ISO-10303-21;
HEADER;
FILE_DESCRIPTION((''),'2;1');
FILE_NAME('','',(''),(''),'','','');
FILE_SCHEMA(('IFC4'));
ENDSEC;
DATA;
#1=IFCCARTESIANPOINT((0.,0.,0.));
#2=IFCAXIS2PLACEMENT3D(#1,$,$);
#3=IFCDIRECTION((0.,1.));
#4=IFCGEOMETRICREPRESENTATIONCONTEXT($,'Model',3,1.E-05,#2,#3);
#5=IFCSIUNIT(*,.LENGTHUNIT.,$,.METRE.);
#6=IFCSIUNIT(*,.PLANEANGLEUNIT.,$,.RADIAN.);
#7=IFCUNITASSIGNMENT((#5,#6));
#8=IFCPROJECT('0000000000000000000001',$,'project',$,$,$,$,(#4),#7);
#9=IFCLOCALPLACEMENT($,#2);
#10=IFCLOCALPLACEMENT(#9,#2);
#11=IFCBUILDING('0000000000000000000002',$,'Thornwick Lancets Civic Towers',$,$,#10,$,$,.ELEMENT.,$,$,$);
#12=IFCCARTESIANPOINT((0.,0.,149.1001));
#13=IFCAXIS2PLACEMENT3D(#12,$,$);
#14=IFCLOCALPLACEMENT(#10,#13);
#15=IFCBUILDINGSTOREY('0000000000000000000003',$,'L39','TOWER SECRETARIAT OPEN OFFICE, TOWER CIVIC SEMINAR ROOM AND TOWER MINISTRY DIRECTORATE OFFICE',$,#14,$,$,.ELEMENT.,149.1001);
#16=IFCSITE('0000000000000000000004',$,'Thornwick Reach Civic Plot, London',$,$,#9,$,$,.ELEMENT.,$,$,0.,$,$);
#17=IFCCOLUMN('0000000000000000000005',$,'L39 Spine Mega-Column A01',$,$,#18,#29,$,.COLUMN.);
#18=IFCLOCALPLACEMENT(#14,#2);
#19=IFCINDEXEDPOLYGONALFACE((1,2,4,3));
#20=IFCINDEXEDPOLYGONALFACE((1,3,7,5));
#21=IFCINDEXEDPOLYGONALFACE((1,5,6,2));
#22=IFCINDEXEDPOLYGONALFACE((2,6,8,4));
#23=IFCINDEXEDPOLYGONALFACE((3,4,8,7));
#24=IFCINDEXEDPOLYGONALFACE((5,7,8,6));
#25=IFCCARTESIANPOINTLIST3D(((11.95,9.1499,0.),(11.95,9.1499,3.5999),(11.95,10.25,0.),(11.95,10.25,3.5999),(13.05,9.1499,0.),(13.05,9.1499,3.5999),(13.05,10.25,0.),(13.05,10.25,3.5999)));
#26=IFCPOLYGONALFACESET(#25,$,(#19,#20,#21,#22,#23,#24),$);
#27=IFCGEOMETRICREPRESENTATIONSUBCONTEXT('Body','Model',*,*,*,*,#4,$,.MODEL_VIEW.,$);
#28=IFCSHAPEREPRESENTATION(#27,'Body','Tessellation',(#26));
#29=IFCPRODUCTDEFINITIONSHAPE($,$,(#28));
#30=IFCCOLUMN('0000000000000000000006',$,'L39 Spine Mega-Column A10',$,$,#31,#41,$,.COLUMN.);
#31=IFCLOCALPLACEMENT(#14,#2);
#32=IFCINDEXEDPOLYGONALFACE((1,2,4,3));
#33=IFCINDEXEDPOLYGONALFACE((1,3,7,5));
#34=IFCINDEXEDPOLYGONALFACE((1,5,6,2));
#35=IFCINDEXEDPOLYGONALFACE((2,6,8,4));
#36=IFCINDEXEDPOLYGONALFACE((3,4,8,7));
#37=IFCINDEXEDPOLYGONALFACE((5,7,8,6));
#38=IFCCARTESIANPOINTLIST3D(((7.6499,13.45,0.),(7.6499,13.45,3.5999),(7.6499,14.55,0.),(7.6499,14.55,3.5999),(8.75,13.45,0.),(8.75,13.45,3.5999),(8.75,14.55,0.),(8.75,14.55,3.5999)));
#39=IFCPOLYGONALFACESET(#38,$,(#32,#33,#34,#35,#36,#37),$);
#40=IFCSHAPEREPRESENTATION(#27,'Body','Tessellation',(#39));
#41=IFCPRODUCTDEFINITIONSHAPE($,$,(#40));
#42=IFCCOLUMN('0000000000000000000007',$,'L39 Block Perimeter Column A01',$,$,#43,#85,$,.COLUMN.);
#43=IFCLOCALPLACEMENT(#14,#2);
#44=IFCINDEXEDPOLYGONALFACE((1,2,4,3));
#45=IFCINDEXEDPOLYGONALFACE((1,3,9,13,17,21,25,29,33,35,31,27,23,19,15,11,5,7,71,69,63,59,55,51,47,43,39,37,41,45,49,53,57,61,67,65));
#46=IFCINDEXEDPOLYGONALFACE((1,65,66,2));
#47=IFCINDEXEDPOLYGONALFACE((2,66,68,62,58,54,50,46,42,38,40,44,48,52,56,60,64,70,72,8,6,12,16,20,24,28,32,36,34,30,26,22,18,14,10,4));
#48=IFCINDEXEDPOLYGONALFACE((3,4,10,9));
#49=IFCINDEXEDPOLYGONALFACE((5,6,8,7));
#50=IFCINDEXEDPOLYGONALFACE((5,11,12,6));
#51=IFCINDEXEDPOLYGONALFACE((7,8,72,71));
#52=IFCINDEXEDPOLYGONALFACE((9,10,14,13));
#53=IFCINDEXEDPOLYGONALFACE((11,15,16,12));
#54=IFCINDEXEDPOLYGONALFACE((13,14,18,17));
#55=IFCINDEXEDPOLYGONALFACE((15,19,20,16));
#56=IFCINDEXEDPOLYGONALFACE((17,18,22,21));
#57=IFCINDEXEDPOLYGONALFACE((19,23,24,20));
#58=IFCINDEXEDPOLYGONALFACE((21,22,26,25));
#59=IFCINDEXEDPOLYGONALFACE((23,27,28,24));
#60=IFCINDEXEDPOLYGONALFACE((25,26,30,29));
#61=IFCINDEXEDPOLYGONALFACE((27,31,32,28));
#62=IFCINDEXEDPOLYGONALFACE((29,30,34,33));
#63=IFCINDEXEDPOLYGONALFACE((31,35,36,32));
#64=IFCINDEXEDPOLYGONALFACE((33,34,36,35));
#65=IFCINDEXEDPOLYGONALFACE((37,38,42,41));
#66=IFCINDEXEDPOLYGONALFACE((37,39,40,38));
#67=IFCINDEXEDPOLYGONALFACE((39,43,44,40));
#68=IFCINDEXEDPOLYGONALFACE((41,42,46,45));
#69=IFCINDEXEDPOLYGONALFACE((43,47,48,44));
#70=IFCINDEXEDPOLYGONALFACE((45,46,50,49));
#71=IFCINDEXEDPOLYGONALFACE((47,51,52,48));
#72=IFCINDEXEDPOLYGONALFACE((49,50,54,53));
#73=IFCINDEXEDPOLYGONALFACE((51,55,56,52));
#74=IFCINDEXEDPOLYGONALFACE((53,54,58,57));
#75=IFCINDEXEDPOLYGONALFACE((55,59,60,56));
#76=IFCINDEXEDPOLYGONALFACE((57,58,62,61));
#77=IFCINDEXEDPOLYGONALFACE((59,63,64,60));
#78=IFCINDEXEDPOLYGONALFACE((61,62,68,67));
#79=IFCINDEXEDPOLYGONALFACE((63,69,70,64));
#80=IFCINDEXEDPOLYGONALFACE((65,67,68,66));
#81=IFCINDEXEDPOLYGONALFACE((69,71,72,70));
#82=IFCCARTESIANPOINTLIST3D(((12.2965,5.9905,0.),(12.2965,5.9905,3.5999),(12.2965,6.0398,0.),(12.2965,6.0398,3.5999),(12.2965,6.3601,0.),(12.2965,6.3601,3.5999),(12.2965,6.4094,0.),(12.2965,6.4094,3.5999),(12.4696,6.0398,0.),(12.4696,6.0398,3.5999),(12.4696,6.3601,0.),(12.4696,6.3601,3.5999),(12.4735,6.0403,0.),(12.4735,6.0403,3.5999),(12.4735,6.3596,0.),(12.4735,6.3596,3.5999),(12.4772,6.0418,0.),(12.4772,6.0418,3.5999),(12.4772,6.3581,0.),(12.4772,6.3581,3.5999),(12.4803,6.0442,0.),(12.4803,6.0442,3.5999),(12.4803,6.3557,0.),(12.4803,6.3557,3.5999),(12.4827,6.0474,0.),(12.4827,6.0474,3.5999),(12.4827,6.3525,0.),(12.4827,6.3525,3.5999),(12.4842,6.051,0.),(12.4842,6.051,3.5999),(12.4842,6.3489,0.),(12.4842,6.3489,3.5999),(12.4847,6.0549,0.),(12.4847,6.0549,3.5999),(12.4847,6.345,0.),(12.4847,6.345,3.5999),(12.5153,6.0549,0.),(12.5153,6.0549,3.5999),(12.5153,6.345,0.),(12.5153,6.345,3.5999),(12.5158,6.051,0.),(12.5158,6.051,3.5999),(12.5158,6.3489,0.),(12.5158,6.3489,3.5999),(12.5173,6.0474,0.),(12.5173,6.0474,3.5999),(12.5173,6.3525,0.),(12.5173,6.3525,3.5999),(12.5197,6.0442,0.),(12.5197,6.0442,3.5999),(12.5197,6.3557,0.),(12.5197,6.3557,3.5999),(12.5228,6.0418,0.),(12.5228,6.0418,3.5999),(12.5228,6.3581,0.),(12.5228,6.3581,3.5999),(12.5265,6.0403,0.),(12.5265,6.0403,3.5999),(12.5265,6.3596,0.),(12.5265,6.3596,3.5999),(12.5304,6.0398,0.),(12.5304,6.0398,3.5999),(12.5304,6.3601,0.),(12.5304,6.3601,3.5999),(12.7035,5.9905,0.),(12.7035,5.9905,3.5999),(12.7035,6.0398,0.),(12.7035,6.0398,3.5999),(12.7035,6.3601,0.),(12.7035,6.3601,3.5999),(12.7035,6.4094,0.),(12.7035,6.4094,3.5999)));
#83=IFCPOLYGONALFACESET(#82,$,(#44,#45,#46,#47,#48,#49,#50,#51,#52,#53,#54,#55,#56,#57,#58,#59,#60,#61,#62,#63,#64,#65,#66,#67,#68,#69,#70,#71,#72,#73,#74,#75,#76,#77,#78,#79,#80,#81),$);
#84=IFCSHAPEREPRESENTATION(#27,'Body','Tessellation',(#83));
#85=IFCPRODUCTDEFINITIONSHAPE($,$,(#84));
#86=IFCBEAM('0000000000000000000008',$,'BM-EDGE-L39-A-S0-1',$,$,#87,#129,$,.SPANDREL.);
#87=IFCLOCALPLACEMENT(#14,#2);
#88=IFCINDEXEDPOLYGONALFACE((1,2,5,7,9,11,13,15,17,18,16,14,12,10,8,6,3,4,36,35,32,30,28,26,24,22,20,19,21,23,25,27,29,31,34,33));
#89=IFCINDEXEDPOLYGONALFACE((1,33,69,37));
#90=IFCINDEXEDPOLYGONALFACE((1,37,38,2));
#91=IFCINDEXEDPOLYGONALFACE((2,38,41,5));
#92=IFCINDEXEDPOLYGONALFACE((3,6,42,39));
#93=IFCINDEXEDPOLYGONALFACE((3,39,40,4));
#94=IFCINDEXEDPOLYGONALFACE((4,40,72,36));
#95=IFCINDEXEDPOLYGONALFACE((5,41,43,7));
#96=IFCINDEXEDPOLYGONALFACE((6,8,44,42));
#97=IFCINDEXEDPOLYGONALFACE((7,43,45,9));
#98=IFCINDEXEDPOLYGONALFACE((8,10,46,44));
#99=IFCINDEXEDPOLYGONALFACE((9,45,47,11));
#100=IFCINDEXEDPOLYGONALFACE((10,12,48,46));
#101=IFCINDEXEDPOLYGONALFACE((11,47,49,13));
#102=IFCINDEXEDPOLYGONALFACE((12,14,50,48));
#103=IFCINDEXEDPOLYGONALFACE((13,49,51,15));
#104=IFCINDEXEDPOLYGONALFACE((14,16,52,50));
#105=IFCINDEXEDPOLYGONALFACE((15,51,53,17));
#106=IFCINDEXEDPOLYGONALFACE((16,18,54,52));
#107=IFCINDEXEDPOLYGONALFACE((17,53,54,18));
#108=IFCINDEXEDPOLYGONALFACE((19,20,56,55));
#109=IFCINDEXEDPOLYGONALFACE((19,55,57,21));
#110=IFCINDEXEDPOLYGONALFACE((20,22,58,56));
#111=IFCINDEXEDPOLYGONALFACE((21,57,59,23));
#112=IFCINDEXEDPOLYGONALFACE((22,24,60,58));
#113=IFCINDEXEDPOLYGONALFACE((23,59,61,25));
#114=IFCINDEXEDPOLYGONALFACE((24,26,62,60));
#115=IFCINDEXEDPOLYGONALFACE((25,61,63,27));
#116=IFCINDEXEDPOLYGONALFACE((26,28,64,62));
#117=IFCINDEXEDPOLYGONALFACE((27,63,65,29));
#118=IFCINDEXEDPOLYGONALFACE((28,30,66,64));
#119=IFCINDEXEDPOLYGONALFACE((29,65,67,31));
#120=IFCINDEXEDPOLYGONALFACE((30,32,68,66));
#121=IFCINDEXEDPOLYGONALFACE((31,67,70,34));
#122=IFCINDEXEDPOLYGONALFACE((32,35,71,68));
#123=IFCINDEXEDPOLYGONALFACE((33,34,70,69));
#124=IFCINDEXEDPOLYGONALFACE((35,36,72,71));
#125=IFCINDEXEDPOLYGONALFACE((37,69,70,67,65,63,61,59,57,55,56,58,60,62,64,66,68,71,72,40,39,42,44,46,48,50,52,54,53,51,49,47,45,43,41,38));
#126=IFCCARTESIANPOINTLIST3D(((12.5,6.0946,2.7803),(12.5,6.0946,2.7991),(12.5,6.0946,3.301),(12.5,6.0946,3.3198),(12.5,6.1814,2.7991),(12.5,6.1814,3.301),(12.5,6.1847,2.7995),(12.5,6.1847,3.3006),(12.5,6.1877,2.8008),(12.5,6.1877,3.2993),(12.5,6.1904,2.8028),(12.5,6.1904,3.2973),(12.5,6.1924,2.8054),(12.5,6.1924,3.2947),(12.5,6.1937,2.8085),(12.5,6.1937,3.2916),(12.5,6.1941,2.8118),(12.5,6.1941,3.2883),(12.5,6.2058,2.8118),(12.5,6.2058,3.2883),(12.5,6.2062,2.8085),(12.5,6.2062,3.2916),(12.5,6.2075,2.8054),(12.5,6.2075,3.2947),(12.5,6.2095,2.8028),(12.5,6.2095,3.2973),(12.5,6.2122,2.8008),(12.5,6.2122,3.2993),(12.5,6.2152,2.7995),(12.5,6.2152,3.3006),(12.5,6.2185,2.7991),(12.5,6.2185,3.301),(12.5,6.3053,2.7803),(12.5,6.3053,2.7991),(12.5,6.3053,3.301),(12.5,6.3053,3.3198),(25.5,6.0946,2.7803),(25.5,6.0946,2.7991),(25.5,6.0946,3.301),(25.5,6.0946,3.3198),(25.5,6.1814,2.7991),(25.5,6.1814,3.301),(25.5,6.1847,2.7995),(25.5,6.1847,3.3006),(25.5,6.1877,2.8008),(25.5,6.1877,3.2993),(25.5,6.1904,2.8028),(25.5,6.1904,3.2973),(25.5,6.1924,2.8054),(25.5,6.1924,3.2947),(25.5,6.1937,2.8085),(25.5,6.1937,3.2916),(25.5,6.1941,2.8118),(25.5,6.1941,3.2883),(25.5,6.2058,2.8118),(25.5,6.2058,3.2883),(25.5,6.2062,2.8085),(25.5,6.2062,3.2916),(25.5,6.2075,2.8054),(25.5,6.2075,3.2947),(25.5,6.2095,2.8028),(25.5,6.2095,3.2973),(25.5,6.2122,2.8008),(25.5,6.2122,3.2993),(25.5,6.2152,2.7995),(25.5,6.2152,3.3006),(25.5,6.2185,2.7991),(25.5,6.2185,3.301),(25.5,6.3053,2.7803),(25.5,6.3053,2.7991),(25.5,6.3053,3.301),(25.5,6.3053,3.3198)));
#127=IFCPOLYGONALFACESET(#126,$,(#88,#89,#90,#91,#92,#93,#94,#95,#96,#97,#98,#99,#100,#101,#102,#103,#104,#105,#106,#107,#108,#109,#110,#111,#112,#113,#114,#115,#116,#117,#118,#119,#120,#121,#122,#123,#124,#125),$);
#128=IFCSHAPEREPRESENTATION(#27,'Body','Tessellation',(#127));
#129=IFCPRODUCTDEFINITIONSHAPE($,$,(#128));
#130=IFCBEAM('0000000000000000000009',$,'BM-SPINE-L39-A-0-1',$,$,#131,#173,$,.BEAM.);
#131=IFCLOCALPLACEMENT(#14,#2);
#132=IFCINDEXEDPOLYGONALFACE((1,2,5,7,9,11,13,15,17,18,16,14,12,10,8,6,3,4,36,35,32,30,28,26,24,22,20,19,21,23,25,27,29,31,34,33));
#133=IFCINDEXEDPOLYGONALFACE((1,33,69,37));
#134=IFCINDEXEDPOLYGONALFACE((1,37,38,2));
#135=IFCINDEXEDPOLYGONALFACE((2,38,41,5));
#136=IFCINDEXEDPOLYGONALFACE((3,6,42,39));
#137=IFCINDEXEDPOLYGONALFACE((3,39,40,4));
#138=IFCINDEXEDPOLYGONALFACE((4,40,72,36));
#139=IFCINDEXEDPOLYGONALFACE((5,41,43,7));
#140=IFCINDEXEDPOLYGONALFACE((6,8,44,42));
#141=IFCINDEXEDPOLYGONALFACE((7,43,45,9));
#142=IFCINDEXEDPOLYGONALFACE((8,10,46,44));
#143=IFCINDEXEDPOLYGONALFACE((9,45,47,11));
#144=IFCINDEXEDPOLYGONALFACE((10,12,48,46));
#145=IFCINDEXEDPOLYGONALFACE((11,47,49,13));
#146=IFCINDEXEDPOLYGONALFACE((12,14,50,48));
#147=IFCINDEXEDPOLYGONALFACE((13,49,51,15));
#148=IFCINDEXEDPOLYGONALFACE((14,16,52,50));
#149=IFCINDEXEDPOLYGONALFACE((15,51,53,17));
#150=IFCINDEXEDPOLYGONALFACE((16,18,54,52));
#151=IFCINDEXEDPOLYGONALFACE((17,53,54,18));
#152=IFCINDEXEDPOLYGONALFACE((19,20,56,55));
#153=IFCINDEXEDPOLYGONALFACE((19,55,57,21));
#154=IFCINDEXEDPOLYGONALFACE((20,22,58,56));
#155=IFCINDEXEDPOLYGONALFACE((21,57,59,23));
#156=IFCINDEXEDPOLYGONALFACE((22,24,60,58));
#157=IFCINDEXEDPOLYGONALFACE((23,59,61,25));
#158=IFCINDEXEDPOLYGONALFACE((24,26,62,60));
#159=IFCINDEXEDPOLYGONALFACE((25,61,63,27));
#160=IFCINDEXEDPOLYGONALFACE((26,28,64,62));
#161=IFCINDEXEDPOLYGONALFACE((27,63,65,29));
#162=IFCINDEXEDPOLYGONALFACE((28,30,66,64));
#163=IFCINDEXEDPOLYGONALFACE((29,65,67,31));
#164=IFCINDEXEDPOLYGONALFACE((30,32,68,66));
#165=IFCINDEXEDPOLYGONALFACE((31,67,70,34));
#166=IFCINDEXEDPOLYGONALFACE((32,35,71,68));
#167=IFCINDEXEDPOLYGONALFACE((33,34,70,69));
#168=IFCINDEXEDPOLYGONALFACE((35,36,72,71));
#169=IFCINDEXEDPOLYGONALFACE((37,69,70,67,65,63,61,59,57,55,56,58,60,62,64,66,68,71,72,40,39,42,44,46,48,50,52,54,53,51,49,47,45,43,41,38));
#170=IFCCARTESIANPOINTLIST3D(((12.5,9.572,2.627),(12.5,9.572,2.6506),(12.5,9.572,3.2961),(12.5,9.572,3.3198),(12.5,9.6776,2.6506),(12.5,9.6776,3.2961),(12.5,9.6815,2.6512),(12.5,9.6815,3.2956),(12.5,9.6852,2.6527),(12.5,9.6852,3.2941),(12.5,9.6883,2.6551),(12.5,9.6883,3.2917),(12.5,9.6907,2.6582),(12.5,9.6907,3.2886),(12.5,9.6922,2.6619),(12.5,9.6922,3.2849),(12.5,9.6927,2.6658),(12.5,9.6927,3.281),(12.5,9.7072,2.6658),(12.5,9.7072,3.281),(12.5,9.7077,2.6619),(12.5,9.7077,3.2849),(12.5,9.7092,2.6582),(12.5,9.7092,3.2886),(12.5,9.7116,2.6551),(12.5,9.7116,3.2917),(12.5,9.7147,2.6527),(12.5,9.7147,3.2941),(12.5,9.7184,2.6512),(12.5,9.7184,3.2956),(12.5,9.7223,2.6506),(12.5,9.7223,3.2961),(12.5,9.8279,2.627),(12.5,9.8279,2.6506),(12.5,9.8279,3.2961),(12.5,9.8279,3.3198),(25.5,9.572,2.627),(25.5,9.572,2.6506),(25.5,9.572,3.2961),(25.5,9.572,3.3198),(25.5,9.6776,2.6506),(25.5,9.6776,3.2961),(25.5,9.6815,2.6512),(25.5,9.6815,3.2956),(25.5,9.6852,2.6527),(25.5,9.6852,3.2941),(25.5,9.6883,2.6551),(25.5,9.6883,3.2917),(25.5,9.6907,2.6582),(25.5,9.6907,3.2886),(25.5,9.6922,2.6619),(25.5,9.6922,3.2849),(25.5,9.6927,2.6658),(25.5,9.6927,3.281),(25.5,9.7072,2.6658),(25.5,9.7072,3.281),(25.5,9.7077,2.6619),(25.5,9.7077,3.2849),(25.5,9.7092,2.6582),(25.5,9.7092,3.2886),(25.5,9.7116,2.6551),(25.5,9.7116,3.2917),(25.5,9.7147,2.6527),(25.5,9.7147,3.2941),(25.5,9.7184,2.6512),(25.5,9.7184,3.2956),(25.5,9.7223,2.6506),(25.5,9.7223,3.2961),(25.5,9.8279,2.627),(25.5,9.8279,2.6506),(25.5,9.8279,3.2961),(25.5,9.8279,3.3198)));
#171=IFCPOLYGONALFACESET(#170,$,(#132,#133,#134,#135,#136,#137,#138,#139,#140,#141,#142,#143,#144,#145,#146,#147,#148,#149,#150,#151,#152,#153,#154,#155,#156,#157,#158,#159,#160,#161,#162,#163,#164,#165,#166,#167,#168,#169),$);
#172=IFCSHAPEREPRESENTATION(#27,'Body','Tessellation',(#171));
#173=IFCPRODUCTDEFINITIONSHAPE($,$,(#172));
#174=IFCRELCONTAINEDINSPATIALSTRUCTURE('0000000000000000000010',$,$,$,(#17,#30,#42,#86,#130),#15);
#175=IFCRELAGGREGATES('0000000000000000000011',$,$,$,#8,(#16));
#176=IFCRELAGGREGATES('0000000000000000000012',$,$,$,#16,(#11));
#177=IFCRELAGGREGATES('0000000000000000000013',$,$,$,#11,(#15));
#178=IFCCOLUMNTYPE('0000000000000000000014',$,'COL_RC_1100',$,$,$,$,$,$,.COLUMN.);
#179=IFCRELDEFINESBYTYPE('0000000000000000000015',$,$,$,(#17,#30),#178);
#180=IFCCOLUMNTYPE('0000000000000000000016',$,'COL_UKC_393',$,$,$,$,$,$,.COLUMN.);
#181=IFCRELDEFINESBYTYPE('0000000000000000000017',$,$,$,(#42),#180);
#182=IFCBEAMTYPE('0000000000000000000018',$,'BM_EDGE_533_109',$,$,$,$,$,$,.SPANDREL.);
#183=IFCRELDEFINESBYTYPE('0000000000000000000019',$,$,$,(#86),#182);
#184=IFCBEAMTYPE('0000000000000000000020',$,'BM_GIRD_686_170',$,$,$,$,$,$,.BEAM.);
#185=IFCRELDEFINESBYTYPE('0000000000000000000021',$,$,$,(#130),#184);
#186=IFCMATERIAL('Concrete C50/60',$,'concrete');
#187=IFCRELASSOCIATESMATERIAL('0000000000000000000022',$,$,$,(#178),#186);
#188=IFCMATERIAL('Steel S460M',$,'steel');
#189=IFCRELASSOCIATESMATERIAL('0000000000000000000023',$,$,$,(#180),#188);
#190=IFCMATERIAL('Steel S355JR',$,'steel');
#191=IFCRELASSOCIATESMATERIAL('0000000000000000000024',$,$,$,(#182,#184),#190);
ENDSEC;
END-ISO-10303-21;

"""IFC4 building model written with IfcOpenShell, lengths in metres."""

from ifc_helpers import new_model, si_unit, direction, frame, origin, origin_2d, place, context, subcontext, project, spatial, rectangle, i_section, extrude, material, material_profile, profile_set, type_object, element, save


model = new_model("IFC4")

# Units and contexts
model_context = context("Model", 3, precision=1e-05, world=origin(), true_north=direction((0.0, 1.0)))
body_context = subcontext(model_context, "Body", "Model", "MODEL_VIEW")
ifc_project = project(units=[si_unit("LENGTHUNIT", "METRE"), si_unit("PLANEANGLEUNIT", "RADIAN")], contexts=[model_context])

# Site, building, storey
site_placement = place(None, origin())
site = spatial("IfcSite", under=ifc_project, at=site_placement, Name="Thornwick Reach Civic Plot, London", CompositionType="ELEMENT", RefElevation=0.0)
building_placement = place(site_placement, origin())
building = spatial("IfcBuilding", under=site, at=building_placement, Name="Thornwick Lancets Civic Towers", CompositionType="ELEMENT")
storey_placement = place(building_placement, frame((0.0, 0.0, 149.1001)))
storey = spatial("IfcBuildingStorey", under=building, at=storey_placement, Name="L39", Description="TOWER SECRETARIAT OPEN OFFICE, TOWER CIVIC SEMINAR ROOM AND TOWER MINISTRY DIRECTORATE OFFICE", CompositionType="ELEMENT", Elevation=149.1001)

# Columns
ifc_material_1 = material(Name="Concrete C50/60", Category="concrete")
ifc_material_profile_1 = material_profile(ifc_material_1, rectangle(XDim=1.1001, YDim=1.1001, at=origin_2d()), Name="RC 1100x1100")
ifc_profile_set_1 = profile_set([ifc_material_profile_1], Name="Concrete C50/60")
column_type_1 = type_object("IfcColumnType", Name="COL_RC_1100", PredefinedType="COLUMN", material=ifc_profile_set_1)
for number, where, z_axis, x_axis, name in (
    (1, (12.5, 9.7, 0.0), (0.0, 0.0, 1.0), (1.0, 0.0, 0.0), "L39 Spine Mega-Column A01"),
    (2, (8.2, 14.0, 0.0), (0.0, 0.0, 1.0), (1.0, 0.0, 0.0), "L39 Spine Mega-Column A10"),
):
    element("IfcColumn", number, at=place(storey_placement, frame(where, z_axis=z_axis, x_axis=x_axis)), inside=storey, type_object=column_type_1, Name=name, PredefinedType="COLUMN", context=body_context, shape_type="SweptSolid", body=[
        extrude(rectangle(XDim=1.1001, YDim=1.1001, at=origin_2d()), origin(), (0.0, 0.0, 1.0), 3.5999),
    ])
ifc_material_2 = material(Name="Steel S460M", Category="steel")
ifc_material_profile_2 = material_profile(ifc_material_2, i_section(OverallWidth=0.407, OverallDepth=0.4189, WebThickness=0.0305, FlangeThickness=0.0493, FilletRadius=0.0151, at=origin_2d()), Name="UKC 356x406x393")
ifc_profile_set_2 = profile_set([ifc_material_profile_2], Name="Steel S460M")
column_type_2 = type_object("IfcColumnType", Name="COL_UKC_393", PredefinedType="COLUMN", material=ifc_profile_set_2)
column_placement = place(storey_placement, frame((12.5, 6.2, 0.0), z_axis=(0.0, 0.0, 1.0), x_axis=(1.0, 0.0, 0.0)))
element("IfcColumn", 3, at=column_placement, inside=storey, type_object=column_type_2, Name="L39 Block Perimeter Column A01", PredefinedType="COLUMN", context=body_context, shape_type="SweptSolid", body=[
    extrude(i_section(OverallWidth=0.407, OverallDepth=0.4189, WebThickness=0.0305, FlangeThickness=0.0493, FilletRadius=0.0151, at=origin_2d()), origin(), (0.0, 0.0, 1.0), 3.5999),
])

# Beams
ifc_material_3 = material(Name="Steel S355JR", Category="steel")
ifc_material_profile_3 = material_profile(ifc_material_3, i_section(OverallWidth=0.2107, OverallDepth=0.5396, WebThickness=0.0117, FlangeThickness=0.0188, FilletRadius=0.0127, at=origin_2d()), Name="UKB 533x210x109")
ifc_profile_set_3 = profile_set([ifc_material_profile_3], Name="Steel S355JR")
beam_type_1 = type_object("IfcBeamType", Name="BM_EDGE_533_109", PredefinedType="SPANDREL", material=ifc_profile_set_3)
beam_1_placement = place(storey_placement, frame((12.5, 6.2, 3.05), z_axis=(1.0, 0.0, 0.0), x_axis=(0.0, 1.0, 0.0)))
element("IfcBeam", 4, at=beam_1_placement, inside=storey, type_object=beam_type_1, Name="BM-EDGE-L39-A-S0-1", PredefinedType="SPANDREL", context=body_context, shape_type="SweptSolid", body=[
    extrude(i_section(OverallWidth=0.2107, OverallDepth=0.5396, WebThickness=0.0117, FlangeThickness=0.0188, FilletRadius=0.0127, at=origin_2d()), origin(), (0.0, 0.0, 1.0), 13.0),
])
ifc_material_profile_4 = material_profile(ifc_material_3, i_section(OverallWidth=0.2559, OverallDepth=0.6929, WebThickness=0.0144, FlangeThickness=0.0237, FilletRadius=0.0151, at=origin_2d()), Name="UKB 686x254x170")
ifc_profile_set_4 = profile_set([ifc_material_profile_4], Name="Steel S355JR")
beam_type_2 = type_object("IfcBeamType", Name="BM_GIRD_686_170", PredefinedType="BEAM", material=ifc_profile_set_4)
for number, where, z_axis, x_axis, name in (
    (5, (12.5, 9.7, 2.9734), (1.0, 0.0, 0.0), (0.0, 1.0, 0.0), "BM-SPINE-L39-A-0-1"),
):
    element("IfcBeam", number, at=place(storey_placement, frame(where, z_axis=z_axis, x_axis=x_axis)), inside=storey, type_object=beam_type_2, Name=name, PredefinedType="BEAM", context=body_context, shape_type="SweptSolid", body=[
        extrude(i_section(OverallWidth=0.2559, OverallDepth=0.6929, WebThickness=0.0144, FlangeThickness=0.0237, FilletRadius=0.0151, at=origin_2d()), origin(), (0.0, 0.0, 1.0), 13.0),
    ])

save(model, "model.ifc")
